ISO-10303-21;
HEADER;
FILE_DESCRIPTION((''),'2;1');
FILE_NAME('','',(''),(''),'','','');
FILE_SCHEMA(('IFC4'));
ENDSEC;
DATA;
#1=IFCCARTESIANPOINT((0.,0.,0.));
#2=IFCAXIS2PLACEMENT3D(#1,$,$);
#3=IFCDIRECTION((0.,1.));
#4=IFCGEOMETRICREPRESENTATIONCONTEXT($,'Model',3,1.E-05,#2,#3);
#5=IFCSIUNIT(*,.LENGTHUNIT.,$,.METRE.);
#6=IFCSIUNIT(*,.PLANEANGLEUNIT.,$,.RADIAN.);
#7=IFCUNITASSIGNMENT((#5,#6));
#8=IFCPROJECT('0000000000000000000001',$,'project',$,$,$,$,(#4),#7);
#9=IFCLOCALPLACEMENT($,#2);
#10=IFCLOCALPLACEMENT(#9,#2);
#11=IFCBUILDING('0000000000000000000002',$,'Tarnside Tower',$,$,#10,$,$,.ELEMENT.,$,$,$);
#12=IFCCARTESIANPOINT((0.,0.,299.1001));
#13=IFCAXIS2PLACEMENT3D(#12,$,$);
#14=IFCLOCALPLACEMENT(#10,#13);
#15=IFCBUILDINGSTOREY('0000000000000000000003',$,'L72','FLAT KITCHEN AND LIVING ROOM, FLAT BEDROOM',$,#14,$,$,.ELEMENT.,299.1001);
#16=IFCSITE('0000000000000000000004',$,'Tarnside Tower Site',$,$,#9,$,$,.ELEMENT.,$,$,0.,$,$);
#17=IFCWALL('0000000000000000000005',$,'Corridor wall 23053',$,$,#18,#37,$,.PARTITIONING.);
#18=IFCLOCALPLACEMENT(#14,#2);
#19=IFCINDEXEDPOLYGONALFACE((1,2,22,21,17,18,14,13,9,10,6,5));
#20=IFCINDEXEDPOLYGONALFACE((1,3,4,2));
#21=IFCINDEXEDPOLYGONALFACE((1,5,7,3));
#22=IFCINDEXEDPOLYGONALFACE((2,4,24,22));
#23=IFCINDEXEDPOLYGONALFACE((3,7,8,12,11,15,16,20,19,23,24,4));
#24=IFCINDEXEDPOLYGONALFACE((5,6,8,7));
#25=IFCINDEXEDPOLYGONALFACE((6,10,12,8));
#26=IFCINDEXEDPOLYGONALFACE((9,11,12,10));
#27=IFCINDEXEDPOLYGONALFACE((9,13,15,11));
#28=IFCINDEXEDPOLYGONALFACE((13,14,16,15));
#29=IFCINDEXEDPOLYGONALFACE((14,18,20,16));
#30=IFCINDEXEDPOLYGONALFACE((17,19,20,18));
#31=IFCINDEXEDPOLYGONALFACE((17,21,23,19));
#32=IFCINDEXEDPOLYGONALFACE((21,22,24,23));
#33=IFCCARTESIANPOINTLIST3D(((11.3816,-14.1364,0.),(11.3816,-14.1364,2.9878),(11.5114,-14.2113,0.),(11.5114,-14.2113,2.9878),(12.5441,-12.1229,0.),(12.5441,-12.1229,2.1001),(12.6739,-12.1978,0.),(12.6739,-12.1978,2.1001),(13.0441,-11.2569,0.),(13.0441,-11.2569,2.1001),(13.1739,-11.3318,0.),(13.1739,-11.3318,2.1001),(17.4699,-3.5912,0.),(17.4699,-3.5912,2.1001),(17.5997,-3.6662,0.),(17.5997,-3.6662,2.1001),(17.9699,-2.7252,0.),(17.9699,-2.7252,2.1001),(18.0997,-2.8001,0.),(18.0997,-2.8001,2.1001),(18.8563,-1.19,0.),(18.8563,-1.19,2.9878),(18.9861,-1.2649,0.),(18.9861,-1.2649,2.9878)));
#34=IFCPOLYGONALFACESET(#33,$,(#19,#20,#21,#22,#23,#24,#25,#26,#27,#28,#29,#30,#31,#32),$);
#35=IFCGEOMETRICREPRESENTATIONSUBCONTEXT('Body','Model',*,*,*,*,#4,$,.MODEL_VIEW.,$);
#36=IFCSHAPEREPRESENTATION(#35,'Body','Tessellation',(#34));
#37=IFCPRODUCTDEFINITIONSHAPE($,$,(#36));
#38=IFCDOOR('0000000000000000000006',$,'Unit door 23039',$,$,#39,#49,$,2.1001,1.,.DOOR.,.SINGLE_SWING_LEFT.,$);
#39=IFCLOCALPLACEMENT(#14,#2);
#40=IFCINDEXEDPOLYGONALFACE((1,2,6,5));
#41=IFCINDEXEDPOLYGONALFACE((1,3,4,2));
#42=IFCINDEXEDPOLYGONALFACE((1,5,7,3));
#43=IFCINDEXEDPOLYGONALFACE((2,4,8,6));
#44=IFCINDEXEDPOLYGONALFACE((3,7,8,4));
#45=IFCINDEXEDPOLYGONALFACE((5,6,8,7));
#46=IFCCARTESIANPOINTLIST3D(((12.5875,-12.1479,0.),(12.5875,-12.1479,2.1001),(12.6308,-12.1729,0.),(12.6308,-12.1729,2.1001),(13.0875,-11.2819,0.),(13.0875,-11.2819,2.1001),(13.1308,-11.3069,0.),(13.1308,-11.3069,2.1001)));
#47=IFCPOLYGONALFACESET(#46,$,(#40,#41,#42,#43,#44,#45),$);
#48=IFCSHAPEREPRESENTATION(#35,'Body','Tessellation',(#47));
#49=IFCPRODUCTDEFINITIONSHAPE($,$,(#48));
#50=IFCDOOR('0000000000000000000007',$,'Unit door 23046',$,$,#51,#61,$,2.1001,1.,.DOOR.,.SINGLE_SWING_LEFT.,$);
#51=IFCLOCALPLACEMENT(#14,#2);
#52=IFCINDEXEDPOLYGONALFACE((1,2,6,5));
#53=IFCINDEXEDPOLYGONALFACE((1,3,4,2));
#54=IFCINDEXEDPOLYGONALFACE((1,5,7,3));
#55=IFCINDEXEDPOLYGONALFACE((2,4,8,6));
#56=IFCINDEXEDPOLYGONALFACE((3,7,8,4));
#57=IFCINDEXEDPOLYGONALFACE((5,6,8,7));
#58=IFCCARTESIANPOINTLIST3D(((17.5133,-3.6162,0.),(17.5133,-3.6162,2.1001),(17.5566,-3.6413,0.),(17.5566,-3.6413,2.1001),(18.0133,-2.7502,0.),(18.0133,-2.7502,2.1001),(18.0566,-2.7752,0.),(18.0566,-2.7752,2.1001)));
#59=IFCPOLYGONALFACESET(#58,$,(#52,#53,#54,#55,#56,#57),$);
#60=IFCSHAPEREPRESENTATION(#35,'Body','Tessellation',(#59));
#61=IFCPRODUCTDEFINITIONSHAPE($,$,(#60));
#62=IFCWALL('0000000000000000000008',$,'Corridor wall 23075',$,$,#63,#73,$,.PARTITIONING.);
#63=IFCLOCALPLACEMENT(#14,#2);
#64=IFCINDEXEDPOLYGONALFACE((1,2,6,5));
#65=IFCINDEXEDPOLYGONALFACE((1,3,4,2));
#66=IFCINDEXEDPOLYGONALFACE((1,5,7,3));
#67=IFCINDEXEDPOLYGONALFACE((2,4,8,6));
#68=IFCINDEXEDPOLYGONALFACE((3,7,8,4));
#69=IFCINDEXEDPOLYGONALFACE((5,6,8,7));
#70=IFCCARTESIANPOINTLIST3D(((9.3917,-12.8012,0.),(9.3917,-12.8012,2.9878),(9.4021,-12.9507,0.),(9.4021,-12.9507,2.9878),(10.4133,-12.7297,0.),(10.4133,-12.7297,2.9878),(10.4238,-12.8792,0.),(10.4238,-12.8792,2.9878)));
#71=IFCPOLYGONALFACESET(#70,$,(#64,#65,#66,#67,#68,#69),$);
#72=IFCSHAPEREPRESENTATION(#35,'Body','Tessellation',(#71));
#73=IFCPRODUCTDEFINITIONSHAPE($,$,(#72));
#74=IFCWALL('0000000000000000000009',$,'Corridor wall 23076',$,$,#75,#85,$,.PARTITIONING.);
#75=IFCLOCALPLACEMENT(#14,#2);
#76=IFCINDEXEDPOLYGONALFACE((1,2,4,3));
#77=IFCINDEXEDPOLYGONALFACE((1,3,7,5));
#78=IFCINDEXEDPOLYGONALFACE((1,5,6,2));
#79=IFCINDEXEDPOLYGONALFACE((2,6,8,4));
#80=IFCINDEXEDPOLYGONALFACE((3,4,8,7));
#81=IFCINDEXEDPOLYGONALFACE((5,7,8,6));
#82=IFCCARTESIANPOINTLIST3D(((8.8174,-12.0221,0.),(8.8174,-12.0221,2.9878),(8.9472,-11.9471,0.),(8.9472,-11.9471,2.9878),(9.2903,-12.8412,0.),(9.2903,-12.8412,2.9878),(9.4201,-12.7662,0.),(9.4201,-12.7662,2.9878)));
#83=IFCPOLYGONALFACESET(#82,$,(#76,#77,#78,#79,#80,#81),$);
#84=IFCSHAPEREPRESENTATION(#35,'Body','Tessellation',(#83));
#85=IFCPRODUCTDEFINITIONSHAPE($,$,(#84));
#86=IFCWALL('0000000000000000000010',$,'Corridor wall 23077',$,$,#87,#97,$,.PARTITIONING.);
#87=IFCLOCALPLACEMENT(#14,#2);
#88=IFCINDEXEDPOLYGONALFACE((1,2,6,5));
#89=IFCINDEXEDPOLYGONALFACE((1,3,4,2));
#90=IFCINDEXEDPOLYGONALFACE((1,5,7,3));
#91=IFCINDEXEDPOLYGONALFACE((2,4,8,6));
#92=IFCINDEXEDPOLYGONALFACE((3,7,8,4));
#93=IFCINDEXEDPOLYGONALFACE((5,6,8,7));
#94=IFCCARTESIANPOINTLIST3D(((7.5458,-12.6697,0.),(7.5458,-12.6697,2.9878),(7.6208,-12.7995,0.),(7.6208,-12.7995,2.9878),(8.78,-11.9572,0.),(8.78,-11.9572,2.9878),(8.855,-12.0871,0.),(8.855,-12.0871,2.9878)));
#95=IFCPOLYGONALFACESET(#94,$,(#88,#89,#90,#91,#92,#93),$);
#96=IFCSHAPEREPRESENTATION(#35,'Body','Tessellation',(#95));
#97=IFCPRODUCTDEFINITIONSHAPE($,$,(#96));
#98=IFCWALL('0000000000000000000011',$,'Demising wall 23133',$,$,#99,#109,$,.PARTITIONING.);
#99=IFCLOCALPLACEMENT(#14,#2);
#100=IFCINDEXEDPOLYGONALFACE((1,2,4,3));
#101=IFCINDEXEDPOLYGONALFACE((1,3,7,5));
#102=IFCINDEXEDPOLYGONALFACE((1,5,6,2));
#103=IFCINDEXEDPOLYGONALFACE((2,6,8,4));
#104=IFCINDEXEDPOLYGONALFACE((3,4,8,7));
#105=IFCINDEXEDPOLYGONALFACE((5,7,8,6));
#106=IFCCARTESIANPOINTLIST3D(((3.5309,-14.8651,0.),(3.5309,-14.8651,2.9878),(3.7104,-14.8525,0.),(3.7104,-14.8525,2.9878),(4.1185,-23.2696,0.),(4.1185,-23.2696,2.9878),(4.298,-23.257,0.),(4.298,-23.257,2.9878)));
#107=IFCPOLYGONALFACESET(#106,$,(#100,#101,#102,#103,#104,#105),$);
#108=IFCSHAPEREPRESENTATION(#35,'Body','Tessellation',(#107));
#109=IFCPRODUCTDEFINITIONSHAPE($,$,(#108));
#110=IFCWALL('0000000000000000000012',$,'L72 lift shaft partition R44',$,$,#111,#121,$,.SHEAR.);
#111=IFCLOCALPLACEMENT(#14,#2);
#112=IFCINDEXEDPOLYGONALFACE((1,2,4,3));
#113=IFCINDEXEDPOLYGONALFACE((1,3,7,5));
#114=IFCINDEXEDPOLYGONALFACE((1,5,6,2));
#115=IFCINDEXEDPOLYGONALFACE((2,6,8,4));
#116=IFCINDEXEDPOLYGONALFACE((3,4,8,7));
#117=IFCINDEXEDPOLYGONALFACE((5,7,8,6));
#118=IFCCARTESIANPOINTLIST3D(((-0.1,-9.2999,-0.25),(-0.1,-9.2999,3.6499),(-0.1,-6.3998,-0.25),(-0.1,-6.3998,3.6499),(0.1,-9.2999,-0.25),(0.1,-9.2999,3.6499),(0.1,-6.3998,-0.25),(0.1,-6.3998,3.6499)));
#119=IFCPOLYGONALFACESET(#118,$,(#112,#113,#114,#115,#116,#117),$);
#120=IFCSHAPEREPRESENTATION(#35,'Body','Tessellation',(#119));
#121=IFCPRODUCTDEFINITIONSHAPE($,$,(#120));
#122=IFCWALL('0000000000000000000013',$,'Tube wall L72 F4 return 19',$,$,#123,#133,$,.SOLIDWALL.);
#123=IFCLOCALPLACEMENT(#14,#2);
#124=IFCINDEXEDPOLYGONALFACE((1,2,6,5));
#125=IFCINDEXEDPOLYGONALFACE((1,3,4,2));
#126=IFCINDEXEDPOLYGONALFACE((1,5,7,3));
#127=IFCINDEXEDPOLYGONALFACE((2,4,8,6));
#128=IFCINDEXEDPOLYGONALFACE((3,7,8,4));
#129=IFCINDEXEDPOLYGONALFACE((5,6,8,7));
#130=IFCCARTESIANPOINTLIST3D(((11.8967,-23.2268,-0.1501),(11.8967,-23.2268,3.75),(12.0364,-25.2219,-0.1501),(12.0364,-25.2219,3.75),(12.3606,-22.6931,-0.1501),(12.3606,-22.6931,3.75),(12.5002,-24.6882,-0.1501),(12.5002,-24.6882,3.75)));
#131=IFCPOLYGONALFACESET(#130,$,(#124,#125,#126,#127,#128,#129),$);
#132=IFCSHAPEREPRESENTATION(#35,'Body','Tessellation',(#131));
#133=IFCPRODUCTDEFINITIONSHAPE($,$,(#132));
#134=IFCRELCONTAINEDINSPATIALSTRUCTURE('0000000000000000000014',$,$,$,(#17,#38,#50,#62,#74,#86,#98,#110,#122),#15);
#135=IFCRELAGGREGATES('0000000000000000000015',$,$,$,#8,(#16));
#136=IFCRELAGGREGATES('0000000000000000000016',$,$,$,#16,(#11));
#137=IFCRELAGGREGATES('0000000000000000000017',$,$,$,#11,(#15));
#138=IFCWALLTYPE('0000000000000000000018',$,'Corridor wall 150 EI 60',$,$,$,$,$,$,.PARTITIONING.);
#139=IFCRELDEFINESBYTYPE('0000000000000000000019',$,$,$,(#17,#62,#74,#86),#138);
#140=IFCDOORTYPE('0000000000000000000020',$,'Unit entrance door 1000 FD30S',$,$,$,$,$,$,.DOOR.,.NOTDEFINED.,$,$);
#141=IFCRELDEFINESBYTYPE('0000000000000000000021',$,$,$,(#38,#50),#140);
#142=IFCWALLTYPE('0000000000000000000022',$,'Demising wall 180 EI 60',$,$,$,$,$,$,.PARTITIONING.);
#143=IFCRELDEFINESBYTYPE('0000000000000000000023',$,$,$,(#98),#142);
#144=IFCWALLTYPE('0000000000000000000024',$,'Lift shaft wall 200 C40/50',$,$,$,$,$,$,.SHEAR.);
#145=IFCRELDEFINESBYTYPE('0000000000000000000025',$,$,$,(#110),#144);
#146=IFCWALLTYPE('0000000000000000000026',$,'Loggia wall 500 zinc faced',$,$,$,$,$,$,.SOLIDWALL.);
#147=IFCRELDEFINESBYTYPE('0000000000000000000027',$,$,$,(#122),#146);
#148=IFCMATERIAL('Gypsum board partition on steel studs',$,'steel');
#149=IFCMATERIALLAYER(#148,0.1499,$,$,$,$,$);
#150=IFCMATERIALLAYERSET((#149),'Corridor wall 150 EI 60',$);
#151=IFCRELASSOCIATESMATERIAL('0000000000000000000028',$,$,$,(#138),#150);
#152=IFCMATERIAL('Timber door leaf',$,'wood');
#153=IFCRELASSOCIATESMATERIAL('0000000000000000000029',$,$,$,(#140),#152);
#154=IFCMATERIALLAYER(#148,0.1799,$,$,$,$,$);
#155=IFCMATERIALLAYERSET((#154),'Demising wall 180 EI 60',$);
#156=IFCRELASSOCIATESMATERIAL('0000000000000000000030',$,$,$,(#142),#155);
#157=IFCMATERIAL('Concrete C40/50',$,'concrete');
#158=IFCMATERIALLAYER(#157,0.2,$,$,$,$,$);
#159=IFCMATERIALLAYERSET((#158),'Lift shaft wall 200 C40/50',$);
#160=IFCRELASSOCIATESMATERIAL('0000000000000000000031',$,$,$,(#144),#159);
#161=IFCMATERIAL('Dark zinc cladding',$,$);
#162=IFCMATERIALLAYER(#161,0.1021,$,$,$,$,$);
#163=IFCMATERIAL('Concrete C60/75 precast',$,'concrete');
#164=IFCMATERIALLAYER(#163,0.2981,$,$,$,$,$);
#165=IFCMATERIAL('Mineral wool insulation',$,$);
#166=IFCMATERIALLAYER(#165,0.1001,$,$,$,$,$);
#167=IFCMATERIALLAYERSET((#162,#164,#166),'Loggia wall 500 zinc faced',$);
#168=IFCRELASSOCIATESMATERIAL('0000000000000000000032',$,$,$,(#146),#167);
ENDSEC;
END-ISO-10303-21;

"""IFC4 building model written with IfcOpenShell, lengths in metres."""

from ifc_helpers import new_model, si_unit, direction, frame, frame_2d, origin, place, context, subcontext, project, spatial, polyline, rectangle, outline, extrude, material, layer, layer_set, type_object, element, fill, save


model = new_model("IFC4")

# Units and contexts
model_context = context("Model", 3, precision=1e-05, world=origin(), true_north=direction((0.0, 1.0)))
body_context = subcontext(model_context, "Body", "Model", "MODEL_VIEW")
ifc_project = project(units=[si_unit("LENGTHUNIT", "METRE"), si_unit("PLANEANGLEUNIT", "RADIAN")], contexts=[model_context])

# Site, building, storey
site_placement = place(None, origin())
site = spatial("IfcSite", under=ifc_project, at=site_placement, Name="Tarnside Tower Site", CompositionType="ELEMENT", RefElevation=0.0)
building_placement = place(site_placement, origin())
building = spatial("IfcBuilding", under=site, at=building_placement, Name="Tarnside Tower", CompositionType="ELEMENT")
storey_placement = place(building_placement, frame((0.0, 0.0, 299.1001)))
storey = spatial("IfcBuildingStorey", under=building, at=storey_placement, Name="L72", Description="FLAT KITCHEN AND LIVING ROOM, FLAT BEDROOM", CompositionType="ELEMENT", Elevation=299.1001)

# Shared definitions
ifc_material_1 = material(Name="Gypsum board partition on steel studs", Category="steel")
ifc_layer_1 = layer(ifc_material_1, 0.1499)
ifc_layer_set_1 = layer_set([ifc_layer_1], Name="Corridor wall 150 EI 60")
wall_type_1 = type_object("IfcWallType", Name="Corridor wall 150 EI 60", PredefinedType="PARTITIONING", material=ifc_layer_set_1)
ifc_material_2 = material(Name="Timber door leaf", Category="wood")
door_type_1 = type_object("IfcDoorType", Name="Unit entrance door 1000 FD30S", OperationType="NOTDEFINED", PredefinedType="DOOR", material=ifc_material_2)

# Wall, openings, doors
wall_1_placement = place(storey_placement, frame((11.4465, -14.1738, 0.0), z_axis=(0.0, 0.0, 1.0), x_axis=(0.500003, 0.866023, 0.0)))
wall_1 = element("IfcWall", 1, at=wall_1_placement, inside=storey, type_object=wall_type_1, Name="Corridor wall 23053", PredefinedType="PARTITIONING", context=body_context, shape_type="SweptSolid", body=[
    extrude(rectangle(XDim=14.9492, YDim=0.1499, at=frame_2d((7.4746, 0.0))), origin(), (0.0, 0.0, 1.0), 2.9878),
])
opening_1_placement = place(wall_1_placement, frame((2.325, 0.0, 0.0)))
opening_1 = element("IfcOpeningElement", 2, at=opening_1_placement, cuts=wall_1, PredefinedType="OPENING", context=body_context, shape_type="SweptSolid", body=[
    extrude(rectangle(XDim=1.0, YDim=2.1001, at=frame_2d((0.5, 1.05))), frame((0.0, 0.085, 0.0), z_axis=(0.0, -1.0, 0.0), x_axis=(1.0, 0.0, 0.0)), (0.0, 0.0, 1.0), 0.1699),
])
opening_2_placement = place(wall_1_placement, frame((12.1765, 0.0, 0.0)))
opening_2 = element("IfcOpeningElement", 3, at=opening_2_placement, cuts=wall_1, PredefinedType="OPENING", context=body_context, shape_type="SweptSolid", body=[
    extrude(rectangle(XDim=1.0, YDim=2.1001, at=frame_2d((0.5, 1.05))), frame((0.0, 0.085, 0.0), z_axis=(0.0, -1.0, 0.0), x_axis=(1.0, 0.0, 0.0)), (0.0, 0.0, 1.0), 0.1699),
])
door_1_placement = place(opening_1_placement, origin())
door_1 = element("IfcDoor", 4, at=door_1_placement, inside=storey, type_object=door_type_1, Name="Unit door 23039", OperationType="SINGLE_SWING_LEFT", OverallHeight=2.1001, OverallWidth=1.0, PredefinedType="DOOR", context=body_context, shape_type="SweptSolid", body=[
    extrude(rectangle(XDim=1.0, YDim=2.1001, at=frame_2d((0.5, 1.05))), frame((0.0, 0.0249, 0.0), z_axis=(0.0, -1.0, 0.0), x_axis=(1.0, 0.0, 0.0)), (0.0, 0.0, 1.0), 0.05),
])
fill(opening_1, door_1)
door_2_placement = place(opening_2_placement, origin())
door_2 = element("IfcDoor", 5, at=door_2_placement, inside=storey, type_object=door_type_1, Name="Unit door 23046", OperationType="SINGLE_SWING_LEFT", OverallHeight=2.1001, OverallWidth=1.0, PredefinedType="DOOR", context=body_context, shape_type="SweptSolid", body=[
    extrude(rectangle(XDim=1.0, YDim=2.1001, at=frame_2d((0.5, 1.05))), frame((0.0, 0.0249, 0.0), z_axis=(0.0, -1.0, 0.0), x_axis=(1.0, 0.0, 0.0)), (0.0, 0.0, 1.0), 0.05),
])
fill(opening_2, door_2)

# Walls
wall_2_placement = place(storey_placement, frame((10.4187, -12.8044, 0.0), z_axis=(0.0, 0.0, 1.0), x_axis=(-0.997558, -0.069841, 0.0)))
element("IfcWall", 6, at=wall_2_placement, inside=storey, type_object=wall_type_1, Name="Corridor wall 23075", PredefinedType="PARTITIONING", context=body_context, shape_type="SweptSolid", body=[
    extrude(rectangle(XDim=1.0242, YDim=0.1499, at=frame_2d((0.5122, 0.0))), origin(), (0.0, 0.0, 1.0), 2.9878),
])
wall_3_placement = place(storey_placement, frame((9.3552, -12.8037, 0.0), z_axis=(0.0, 0.0, 1.0), x_axis=(-0.499998, 0.866027, 0.0)))
element("IfcWall", 7, at=wall_3_placement, inside=storey, type_object=wall_type_1, Name="Corridor wall 23076", PredefinedType="PARTITIONING", context=body_context, shape_type="SweptSolid", body=[
    extrude(rectangle(XDim=0.9458, YDim=0.1499, at=frame_2d((0.4729, 0.0))), origin(), (0.0, 0.0, 1.0), 2.9878),
])
wall_4_placement = place(storey_placement, frame((8.8174, -12.0222, 0.0), z_axis=(0.0, 0.0, 1.0), x_axis=(-0.866063, -0.499935, 0.0)))
element("IfcWall", 8, at=wall_4_placement, inside=storey, type_object=wall_type_1, Name="Corridor wall 23077", PredefinedType="PARTITIONING", context=body_context, shape_type="SweptSolid", body=[
    extrude(rectangle(XDim=1.425, YDim=0.1499, at=frame_2d((0.7124, 0.0))), origin(), (0.0, 0.0, 1.0), 2.9878),
])
ifc_layer_2 = layer(ifc_material_1, 0.1799)
ifc_layer_set_2 = layer_set([ifc_layer_2], Name="Demising wall 180 EI 60")
wall_type_2 = type_object("IfcWallType", Name="Demising wall 180 EI 60", PredefinedType="PARTITIONING", material=ifc_layer_set_2)
wall_5_placement = place(storey_placement, frame((4.2083, -23.2632, 0.0), z_axis=(0.0, 0.0, 1.0), x_axis=(-0.06975, 0.997565, 0.0)))
element("IfcWall", 9, at=wall_5_placement, inside=storey, type_object=wall_type_2, Name="Demising wall 23133", PredefinedType="PARTITIONING", context=body_context, shape_type="SweptSolid", body=[
    extrude(rectangle(XDim=8.425, YDim=0.1799, at=frame_2d((4.2124, 0.0))), origin(), (0.0, 0.0, 1.0), 2.9878),
])
ifc_material_3 = material(Name="Concrete C40/50", Category="concrete")
ifc_layer_3 = layer(ifc_material_3, 0.2)
ifc_layer_set_3 = layer_set([ifc_layer_3], Name="Lift shaft wall 200 C40/50")
wall_type_3 = type_object("IfcWallType", Name="Lift shaft wall 200 C40/50", PredefinedType="SHEAR", material=ifc_layer_set_3)
wall_6_placement = place(storey_placement, frame((0.0, -9.3, -0.25), z_axis=(0.0, 0.0, 1.0), x_axis=(0.0, 1.0, 0.0)))
element("IfcWall", 10, at=wall_6_placement, inside=storey, type_object=wall_type_3, Name="L72 lift shaft partition R44", PredefinedType="SHEAR", context=body_context, shape_type="SweptSolid", body=[
    extrude(rectangle(XDim=2.9001, YDim=0.2, at=frame_2d((1.4502, 0.0))), origin(), (0.0, 0.0, 1.0), 3.8999),
])
ifc_material_4 = material(Name="Dark zinc cladding")
ifc_layer_4 = layer(ifc_material_4, 0.1021)
ifc_material_5 = material(Name="Concrete C60/75 precast", Category="concrete")
ifc_layer_5 = layer(ifc_material_5, 0.2981)
ifc_material_6 = material(Name="Mineral wool insulation")
ifc_layer_6 = layer(ifc_material_6, 0.1001)
ifc_layer_set_4 = layer_set([ifc_layer_4, ifc_layer_5, ifc_layer_6], Name="Loggia wall 500 zinc faced")
wall_type_4 = type_object("IfcWallType", Name="Loggia wall 500 zinc faced", PredefinedType="SOLIDWALL", material=ifc_layer_set_4)
wall_7_placement = place(storey_placement, frame((12.1287, -22.96, -0.1501), z_axis=(0.0, 0.0, 1.0), x_axis=(0.069824, -0.997559, 0.0)))
element("IfcWall", 11, at=wall_7_placement, inside=storey, type_object=wall_type_4, Name="Tube wall L72 F4 return 19", PredefinedType="SOLIDWALL", context=body_context, shape_type="SweptSolid", body=[
    extrude(outline(polyline([(0.25, -0.25), (2.25, -0.25), (1.75, 0.25), (-0.25, 0.25), (0.25, -0.25)])), origin(), (0.0, 0.0, 1.0), 3.9001),
])

save(model, "model.ifc")
